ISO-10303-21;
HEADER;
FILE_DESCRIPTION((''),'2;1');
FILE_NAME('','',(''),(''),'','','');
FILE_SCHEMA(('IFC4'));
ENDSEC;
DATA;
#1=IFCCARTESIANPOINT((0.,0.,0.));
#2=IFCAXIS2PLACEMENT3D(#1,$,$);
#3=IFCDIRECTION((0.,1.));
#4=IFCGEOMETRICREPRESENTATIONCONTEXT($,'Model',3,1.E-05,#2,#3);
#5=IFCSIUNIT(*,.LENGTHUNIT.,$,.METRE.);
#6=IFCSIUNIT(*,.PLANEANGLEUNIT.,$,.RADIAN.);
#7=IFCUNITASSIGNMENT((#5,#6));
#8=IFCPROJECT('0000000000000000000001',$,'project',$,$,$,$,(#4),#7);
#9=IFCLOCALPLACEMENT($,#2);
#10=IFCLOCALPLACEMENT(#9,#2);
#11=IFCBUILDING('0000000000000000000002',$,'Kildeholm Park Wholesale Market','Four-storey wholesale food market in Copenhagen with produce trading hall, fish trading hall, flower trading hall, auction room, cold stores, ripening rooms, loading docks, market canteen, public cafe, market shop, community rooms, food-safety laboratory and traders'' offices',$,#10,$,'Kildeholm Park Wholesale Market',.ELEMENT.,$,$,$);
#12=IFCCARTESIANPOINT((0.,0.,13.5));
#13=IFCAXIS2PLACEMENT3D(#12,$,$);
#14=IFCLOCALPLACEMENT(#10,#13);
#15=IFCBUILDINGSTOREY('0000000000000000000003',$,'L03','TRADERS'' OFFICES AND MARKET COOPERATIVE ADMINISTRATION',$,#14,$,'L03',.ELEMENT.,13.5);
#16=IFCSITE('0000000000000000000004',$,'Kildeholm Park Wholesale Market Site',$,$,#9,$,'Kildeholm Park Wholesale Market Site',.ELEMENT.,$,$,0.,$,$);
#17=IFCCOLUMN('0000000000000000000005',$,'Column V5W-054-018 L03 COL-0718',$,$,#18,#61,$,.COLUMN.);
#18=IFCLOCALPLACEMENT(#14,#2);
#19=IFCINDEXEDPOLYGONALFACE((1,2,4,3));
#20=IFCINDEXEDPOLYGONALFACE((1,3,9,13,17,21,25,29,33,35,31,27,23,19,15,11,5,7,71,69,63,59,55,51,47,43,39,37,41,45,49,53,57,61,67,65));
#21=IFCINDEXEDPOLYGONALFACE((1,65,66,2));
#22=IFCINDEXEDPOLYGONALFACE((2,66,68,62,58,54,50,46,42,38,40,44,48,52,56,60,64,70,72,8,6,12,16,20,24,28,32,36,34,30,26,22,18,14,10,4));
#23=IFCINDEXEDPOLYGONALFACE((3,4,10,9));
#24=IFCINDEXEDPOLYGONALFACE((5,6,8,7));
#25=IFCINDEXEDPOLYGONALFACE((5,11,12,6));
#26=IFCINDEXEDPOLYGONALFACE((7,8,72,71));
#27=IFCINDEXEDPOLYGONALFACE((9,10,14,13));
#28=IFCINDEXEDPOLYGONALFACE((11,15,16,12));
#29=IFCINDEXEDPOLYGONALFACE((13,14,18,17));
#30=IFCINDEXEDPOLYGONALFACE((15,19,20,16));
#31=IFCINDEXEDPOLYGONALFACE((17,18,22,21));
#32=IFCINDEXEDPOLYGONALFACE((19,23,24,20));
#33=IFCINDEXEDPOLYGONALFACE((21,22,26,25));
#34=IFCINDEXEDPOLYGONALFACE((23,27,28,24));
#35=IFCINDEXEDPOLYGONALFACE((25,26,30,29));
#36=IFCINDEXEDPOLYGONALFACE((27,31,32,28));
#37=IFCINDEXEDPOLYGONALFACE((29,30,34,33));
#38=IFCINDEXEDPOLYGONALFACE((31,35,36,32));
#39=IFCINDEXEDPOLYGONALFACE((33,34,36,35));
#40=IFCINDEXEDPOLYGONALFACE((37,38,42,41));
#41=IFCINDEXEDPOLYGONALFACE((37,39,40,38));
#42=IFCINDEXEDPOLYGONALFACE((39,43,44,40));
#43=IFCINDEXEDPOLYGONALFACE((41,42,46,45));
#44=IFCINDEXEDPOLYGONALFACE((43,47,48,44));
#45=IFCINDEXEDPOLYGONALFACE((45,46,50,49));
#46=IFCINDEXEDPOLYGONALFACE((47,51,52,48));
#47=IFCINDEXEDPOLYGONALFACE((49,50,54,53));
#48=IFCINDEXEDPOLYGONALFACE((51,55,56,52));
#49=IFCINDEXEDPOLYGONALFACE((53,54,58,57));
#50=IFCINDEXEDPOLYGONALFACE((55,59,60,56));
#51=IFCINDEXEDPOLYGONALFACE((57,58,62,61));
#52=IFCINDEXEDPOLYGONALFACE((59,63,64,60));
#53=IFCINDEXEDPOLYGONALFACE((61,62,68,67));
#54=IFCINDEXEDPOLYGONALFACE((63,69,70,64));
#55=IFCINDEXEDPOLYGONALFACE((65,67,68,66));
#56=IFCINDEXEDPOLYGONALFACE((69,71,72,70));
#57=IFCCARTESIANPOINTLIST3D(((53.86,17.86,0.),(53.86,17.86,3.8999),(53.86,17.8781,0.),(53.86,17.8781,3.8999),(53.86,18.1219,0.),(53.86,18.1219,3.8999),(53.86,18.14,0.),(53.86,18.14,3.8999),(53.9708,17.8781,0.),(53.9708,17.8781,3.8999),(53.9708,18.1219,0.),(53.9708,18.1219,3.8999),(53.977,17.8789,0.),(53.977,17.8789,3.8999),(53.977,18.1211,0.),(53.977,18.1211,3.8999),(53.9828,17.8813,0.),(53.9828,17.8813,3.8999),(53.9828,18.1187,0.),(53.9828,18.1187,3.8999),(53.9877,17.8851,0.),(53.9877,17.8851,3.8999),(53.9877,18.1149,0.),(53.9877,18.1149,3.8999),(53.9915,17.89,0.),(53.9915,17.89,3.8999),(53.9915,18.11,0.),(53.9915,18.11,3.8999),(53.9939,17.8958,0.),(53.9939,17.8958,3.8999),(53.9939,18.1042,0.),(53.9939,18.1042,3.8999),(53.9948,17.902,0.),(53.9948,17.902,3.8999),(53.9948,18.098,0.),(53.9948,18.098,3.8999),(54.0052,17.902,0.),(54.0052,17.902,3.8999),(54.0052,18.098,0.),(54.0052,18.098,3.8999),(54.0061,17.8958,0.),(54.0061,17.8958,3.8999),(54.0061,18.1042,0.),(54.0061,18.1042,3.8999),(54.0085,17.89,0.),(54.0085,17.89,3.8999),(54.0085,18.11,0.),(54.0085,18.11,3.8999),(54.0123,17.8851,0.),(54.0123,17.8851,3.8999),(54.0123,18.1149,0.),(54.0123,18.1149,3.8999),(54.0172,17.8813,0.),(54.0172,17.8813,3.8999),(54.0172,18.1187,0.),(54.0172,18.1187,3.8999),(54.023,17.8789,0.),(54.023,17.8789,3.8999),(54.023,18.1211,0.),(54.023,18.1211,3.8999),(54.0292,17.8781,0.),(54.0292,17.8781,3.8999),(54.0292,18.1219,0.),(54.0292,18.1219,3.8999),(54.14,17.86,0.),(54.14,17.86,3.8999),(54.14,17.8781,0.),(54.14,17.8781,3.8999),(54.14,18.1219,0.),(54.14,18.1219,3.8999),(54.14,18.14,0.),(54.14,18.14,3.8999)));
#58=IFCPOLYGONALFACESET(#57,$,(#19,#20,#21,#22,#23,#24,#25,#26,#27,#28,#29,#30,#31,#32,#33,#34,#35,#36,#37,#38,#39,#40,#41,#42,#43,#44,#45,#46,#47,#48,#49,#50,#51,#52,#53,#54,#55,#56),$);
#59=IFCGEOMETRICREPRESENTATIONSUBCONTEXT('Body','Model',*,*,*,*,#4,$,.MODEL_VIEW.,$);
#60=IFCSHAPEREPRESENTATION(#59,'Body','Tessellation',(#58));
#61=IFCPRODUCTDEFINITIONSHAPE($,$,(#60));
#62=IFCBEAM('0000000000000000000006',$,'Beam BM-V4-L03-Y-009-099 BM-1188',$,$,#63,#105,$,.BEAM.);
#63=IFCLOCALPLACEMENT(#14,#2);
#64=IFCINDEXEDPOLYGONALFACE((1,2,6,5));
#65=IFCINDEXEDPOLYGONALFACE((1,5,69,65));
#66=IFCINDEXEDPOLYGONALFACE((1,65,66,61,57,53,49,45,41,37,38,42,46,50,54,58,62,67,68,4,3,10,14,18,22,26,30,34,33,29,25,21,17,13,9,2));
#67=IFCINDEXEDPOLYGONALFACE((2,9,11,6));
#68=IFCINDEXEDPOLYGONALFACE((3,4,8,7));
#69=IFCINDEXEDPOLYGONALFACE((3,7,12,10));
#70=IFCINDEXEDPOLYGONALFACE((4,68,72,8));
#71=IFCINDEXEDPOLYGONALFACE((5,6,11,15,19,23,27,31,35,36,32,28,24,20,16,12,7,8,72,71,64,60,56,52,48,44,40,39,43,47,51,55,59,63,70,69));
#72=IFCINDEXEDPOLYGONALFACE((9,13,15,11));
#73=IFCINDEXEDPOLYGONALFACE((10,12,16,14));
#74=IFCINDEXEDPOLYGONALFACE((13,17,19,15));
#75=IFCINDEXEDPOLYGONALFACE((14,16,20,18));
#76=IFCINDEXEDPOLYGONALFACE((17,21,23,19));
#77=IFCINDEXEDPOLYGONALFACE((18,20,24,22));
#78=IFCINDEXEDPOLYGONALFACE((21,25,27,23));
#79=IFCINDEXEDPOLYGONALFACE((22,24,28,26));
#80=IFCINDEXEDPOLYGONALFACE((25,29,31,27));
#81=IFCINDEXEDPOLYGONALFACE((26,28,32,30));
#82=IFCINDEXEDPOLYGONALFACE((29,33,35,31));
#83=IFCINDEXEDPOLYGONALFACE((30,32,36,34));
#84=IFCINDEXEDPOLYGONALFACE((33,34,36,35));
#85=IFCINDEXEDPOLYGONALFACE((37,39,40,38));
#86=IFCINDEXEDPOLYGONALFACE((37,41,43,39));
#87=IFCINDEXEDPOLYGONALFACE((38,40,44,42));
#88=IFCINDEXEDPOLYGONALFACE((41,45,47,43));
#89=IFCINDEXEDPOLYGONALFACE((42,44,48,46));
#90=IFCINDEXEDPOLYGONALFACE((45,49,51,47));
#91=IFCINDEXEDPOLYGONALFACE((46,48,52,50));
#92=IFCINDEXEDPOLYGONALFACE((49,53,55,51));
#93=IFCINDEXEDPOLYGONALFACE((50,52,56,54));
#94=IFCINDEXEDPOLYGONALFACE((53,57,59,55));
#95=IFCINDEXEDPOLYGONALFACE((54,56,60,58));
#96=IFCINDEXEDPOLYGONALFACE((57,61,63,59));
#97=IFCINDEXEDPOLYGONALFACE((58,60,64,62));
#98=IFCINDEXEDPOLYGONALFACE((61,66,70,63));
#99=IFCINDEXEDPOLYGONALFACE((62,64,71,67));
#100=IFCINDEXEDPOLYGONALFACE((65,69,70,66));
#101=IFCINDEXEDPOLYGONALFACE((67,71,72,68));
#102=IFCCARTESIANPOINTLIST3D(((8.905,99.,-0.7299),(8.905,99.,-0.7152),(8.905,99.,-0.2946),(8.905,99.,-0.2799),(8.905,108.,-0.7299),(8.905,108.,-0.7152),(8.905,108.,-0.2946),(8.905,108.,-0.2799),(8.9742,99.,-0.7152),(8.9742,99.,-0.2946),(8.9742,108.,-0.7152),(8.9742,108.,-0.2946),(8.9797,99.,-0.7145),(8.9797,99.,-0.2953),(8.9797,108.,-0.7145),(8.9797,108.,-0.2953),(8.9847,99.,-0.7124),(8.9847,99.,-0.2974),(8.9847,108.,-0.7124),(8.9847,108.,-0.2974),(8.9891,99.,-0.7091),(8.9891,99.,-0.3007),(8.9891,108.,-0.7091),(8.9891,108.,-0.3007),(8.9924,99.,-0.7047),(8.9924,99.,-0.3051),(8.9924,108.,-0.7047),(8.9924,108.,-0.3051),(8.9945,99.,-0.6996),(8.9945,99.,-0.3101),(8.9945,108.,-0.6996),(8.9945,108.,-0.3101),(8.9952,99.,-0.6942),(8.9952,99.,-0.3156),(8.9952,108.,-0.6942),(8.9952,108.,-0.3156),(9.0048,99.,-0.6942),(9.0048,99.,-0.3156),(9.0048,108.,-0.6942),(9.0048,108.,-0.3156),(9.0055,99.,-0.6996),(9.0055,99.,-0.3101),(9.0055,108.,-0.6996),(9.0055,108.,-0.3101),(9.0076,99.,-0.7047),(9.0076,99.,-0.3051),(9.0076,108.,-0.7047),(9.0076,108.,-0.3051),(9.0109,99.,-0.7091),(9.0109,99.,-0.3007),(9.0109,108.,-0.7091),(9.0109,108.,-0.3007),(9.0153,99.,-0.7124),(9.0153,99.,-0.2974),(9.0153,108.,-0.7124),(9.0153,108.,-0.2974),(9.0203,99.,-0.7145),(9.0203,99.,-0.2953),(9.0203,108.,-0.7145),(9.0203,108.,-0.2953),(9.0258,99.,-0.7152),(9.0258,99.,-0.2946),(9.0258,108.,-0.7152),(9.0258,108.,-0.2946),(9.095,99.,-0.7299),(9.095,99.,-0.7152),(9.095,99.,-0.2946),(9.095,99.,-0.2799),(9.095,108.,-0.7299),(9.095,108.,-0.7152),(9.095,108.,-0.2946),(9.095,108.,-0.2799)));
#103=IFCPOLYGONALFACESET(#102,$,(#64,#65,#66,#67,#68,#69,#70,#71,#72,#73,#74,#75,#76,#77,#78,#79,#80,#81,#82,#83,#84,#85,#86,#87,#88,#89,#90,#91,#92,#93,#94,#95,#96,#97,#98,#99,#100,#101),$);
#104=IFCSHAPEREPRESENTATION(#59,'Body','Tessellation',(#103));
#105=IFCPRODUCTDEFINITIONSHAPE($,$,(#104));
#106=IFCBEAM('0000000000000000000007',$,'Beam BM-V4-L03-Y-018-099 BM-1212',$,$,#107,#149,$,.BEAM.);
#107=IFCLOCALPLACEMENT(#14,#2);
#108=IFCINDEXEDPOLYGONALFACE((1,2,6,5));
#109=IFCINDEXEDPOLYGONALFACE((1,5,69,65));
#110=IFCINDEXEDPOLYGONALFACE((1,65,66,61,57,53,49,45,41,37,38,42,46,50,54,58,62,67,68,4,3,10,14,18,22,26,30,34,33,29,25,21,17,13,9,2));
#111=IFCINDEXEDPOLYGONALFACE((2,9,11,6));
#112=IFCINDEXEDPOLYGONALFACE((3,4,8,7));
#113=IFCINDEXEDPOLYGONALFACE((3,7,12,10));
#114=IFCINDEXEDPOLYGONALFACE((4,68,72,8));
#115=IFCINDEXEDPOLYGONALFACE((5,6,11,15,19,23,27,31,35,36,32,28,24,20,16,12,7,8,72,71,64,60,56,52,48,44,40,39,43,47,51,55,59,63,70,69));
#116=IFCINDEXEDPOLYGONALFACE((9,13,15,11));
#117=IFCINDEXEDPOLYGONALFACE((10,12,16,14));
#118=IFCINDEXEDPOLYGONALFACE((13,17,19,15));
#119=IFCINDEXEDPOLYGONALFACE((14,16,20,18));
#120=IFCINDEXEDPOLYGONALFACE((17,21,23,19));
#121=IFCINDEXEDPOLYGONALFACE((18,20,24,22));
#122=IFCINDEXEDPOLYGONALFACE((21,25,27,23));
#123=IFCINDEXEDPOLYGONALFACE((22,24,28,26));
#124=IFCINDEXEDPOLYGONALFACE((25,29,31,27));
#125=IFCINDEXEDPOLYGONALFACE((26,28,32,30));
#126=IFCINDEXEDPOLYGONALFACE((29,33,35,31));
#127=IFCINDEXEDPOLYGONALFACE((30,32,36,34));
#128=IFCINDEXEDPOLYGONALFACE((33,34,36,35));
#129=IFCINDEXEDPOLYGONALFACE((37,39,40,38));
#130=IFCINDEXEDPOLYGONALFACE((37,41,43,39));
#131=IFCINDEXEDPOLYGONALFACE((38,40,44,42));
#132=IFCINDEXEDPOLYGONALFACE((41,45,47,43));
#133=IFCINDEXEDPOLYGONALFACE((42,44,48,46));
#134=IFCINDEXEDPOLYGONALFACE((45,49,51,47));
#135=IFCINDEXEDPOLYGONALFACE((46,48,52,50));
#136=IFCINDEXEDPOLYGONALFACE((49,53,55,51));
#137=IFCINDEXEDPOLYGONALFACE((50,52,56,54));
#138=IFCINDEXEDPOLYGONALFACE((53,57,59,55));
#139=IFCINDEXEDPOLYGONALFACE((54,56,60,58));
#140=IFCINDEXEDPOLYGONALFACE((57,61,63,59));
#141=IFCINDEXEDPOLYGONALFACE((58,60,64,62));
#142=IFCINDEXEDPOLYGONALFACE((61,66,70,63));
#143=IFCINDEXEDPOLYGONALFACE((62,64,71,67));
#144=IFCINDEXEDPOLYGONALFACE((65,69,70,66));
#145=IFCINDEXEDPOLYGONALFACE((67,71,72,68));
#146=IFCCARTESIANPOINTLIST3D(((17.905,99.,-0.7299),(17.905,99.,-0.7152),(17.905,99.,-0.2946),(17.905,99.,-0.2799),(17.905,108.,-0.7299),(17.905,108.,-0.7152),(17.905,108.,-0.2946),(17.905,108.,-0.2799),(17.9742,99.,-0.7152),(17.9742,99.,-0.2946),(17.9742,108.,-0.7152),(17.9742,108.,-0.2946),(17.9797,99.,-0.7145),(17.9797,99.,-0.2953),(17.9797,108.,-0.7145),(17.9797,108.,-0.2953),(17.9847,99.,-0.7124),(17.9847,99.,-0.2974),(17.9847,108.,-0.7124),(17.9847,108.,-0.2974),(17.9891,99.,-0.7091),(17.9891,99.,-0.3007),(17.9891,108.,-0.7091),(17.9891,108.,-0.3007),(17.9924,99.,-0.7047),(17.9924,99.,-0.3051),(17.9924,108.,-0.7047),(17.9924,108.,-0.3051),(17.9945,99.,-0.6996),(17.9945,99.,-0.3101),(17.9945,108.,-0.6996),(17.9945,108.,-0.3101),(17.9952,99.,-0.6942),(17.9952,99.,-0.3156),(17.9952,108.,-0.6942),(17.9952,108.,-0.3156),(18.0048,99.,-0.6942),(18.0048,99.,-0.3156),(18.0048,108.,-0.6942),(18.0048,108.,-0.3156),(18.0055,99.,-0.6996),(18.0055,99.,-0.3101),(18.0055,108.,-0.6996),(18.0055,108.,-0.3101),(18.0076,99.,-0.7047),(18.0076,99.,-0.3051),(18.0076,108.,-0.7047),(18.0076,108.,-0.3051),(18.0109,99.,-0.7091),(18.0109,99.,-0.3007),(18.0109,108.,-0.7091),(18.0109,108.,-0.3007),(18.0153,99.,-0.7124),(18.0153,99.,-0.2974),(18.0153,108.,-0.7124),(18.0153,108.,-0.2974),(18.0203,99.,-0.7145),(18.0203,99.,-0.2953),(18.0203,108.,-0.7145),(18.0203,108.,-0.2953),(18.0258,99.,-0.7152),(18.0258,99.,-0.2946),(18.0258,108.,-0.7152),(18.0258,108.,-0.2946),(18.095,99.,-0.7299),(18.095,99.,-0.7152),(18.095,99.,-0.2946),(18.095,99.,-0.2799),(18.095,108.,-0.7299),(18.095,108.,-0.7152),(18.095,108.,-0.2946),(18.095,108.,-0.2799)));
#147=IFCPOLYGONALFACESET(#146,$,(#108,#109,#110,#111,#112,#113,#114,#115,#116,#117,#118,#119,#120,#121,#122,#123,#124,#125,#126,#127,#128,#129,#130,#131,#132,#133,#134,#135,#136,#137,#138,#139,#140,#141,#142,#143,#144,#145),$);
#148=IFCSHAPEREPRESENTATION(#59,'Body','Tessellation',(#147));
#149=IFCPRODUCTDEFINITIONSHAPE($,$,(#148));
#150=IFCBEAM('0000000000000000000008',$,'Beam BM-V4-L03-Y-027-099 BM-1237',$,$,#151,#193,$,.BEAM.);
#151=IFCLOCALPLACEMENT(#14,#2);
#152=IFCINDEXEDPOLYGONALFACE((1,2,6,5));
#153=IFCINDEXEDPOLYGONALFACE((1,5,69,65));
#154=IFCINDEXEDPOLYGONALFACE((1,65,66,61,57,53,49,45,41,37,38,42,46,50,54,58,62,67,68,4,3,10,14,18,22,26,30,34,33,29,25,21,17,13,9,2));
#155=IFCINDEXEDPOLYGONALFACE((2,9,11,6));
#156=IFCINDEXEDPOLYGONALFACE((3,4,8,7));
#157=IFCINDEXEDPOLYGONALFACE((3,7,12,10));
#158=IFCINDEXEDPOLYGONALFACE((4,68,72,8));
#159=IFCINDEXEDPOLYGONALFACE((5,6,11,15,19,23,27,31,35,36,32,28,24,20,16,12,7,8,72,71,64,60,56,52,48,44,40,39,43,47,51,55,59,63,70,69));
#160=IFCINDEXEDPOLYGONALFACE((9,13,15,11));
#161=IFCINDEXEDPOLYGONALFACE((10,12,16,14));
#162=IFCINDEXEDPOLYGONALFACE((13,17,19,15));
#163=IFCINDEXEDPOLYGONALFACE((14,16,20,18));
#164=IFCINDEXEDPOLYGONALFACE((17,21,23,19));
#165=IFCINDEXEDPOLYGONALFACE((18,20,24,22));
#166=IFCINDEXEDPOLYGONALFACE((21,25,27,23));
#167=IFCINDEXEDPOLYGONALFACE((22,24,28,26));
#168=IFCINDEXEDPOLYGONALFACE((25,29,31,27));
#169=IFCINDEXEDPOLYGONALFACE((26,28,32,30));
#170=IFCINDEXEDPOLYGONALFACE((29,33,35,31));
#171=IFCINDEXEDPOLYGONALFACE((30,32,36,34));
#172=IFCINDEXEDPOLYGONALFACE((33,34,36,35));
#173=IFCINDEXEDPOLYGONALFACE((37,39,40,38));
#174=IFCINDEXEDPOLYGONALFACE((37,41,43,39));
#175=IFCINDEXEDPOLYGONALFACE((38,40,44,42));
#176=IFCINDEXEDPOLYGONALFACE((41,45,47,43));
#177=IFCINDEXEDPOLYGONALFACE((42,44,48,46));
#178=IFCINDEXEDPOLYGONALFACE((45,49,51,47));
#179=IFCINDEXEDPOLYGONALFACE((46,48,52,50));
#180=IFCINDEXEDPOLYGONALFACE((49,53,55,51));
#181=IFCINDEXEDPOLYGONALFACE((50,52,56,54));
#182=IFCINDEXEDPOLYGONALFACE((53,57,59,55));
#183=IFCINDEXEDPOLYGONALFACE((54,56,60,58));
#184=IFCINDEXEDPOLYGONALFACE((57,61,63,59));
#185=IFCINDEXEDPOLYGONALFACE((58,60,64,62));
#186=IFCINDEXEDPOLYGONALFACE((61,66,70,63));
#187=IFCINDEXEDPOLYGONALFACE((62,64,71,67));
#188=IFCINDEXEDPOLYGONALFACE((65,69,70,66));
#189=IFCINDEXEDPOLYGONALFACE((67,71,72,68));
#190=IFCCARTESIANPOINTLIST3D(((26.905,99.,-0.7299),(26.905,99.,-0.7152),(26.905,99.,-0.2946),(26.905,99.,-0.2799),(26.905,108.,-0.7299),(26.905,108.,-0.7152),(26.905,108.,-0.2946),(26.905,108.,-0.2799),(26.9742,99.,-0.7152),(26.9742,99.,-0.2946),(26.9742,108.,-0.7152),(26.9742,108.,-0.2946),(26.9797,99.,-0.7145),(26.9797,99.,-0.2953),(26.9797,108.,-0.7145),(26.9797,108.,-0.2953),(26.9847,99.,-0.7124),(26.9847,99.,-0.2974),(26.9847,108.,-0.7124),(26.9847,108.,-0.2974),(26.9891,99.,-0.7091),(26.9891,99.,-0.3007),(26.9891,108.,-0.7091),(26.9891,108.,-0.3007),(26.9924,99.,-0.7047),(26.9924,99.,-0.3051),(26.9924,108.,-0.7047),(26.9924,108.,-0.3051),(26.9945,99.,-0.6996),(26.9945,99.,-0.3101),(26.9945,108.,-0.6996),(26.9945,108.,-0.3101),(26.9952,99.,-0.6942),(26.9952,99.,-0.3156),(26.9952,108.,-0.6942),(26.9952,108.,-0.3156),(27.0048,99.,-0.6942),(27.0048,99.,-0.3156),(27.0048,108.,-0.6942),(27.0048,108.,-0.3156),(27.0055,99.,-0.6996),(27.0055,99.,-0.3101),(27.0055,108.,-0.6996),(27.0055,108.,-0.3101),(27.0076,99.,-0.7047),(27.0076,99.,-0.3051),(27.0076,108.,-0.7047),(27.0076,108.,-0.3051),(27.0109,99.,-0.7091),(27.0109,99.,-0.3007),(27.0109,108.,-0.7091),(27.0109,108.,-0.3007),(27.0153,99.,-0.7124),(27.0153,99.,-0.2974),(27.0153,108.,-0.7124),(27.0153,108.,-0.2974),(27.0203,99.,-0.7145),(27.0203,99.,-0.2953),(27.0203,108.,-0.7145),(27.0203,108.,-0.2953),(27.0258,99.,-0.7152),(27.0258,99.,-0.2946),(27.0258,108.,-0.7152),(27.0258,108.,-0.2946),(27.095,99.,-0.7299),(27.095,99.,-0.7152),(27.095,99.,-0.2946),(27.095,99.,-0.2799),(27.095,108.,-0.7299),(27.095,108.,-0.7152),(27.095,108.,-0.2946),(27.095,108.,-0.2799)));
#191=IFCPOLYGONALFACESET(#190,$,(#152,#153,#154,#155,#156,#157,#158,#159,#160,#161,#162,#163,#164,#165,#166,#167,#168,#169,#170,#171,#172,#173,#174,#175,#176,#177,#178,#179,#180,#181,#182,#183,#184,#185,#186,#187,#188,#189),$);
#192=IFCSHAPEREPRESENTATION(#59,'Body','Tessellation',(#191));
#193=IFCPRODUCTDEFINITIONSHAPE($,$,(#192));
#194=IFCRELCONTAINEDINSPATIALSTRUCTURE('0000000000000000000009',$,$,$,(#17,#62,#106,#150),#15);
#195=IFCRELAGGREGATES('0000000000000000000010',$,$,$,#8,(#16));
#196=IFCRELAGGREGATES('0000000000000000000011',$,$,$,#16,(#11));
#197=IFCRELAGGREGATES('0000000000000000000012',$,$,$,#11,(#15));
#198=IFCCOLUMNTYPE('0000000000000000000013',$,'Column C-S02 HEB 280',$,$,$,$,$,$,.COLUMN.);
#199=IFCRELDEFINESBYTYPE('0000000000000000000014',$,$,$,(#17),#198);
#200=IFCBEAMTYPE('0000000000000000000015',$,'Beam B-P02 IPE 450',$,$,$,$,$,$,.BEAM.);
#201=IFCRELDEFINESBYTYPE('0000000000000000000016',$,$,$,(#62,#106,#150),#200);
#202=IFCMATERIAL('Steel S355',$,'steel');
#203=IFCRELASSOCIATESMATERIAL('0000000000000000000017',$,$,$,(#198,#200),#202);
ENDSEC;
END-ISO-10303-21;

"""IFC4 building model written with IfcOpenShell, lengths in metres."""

from ifc_helpers import new_model, si_unit, direction, frame, origin, origin_2d, place, context, subcontext, project, spatial, i_section, extrude, material, material_profile, profile_set, type_object, element, save


model = new_model("IFC4")

# Units and contexts
model_context = context("Model", 3, precision=1e-05, world=origin(), true_north=direction((0.0, 1.0)))
body_context = subcontext(model_context, "Body", "Model", "MODEL_VIEW")
ifc_project = project(units=[si_unit("LENGTHUNIT", "METRE"), si_unit("PLANEANGLEUNIT", "RADIAN")], contexts=[model_context])

# Site, building, storey
site_placement = place(None, origin())
site = spatial("IfcSite", under=ifc_project, at=site_placement, Name="Kildeholm Park Wholesale Market Site", LongName="Kildeholm Park Wholesale Market Site", CompositionType="ELEMENT", RefElevation=0.0)
building_placement = place(site_placement, origin())
building = spatial("IfcBuilding", under=site, at=building_placement, Name="Kildeholm Park Wholesale Market", Description="Four-storey wholesale food market in Copenhagen with produce trading hall, fish trading hall, flower trading hall, auction room, cold stores, ripening rooms, loading docks, market canteen, public cafe, market shop, community rooms, food-safety laboratory and traders' offices", LongName="Kildeholm Park Wholesale Market", CompositionType="ELEMENT")
storey_placement = place(building_placement, frame((0.0, 0.0, 13.5)))
storey = spatial("IfcBuildingStorey", under=building, at=storey_placement, Name="L03", Description="TRADERS' OFFICES AND MARKET COOPERATIVE ADMINISTRATION", LongName="L03", CompositionType="ELEMENT", Elevation=13.5)

# Column
ifc_material_1 = material(Name="Steel S355", Category="steel")
ifc_material_profile_1 = material_profile(ifc_material_1, i_section(OverallWidth=0.28, OverallDepth=0.28, WebThickness=0.0105, FlangeThickness=0.0181, FilletRadius=0.0239, at=origin_2d()), Name="HEB 280")
ifc_profile_set_1 = profile_set([ifc_material_profile_1], Name="Steel S355")
column_type = type_object("IfcColumnType", Name="Column C-S02 HEB 280", PredefinedType="COLUMN", material=ifc_profile_set_1)
column_placement = place(storey_placement, frame((54.0, 18.0, 0.0), z_axis=(0.0, 0.0, 1.0), x_axis=(1.0, 0.0, 0.0)))
element("IfcColumn", 1, at=column_placement, inside=storey, type_object=column_type, Name="Column V5W-054-018 L03 COL-0718", PredefinedType="COLUMN", context=body_context, shape_type="SweptSolid", body=[
    extrude(i_section(OverallWidth=0.28, OverallDepth=0.28, WebThickness=0.0105, FlangeThickness=0.0181, FilletRadius=0.0239, at=origin_2d()), origin(), (0.0, 0.0, 1.0), 3.8999),
])

# Beams
ifc_material_profile_2 = material_profile(ifc_material_1, i_section(OverallWidth=0.1899, OverallDepth=0.45, WebThickness=0.0095, FlangeThickness=0.0146, FilletRadius=0.021, at=origin_2d()), Name="IPE 450")
ifc_profile_set_2 = profile_set([ifc_material_profile_2], Name="Steel S355")
beam_type_1 = type_object("IfcBeamType", Name="Beam B-P02 IPE 450", PredefinedType="BEAM", material=ifc_profile_set_2)
for number, where, z_axis, x_axis, name in (
    (2, (9.0, 99.0, -0.5049), (0.0, 1.0, 0.0), (-1.0, 0.0, 0.0), "Beam BM-V4-L03-Y-009-099 BM-1188"),
    (3, (18.0, 99.0, -0.5049), (0.0, 1.0, 0.0), (-1.0, 0.0, 0.0), "Beam BM-V4-L03-Y-018-099 BM-1212"),
    (4, (27.0, 99.0, -0.5049), (0.0, 1.0, 0.0), (-1.0, 0.0, 0.0), "Beam BM-V4-L03-Y-027-099 BM-1237"),
):
    element("IfcBeam", number, at=place(storey_placement, frame(where, z_axis=z_axis, x_axis=x_axis)), inside=storey, type_object=beam_type_1, Name=name, PredefinedType="BEAM", context=body_context, shape_type="SweptSolid", body=[
        extrude(i_section(OverallWidth=0.1899, OverallDepth=0.45, WebThickness=0.0095, FlangeThickness=0.0146, FilletRadius=0.021, at=origin_2d()), origin(), (0.0, 0.0, 1.0), 9.0),
    ])

save(model, "model.ifc")
